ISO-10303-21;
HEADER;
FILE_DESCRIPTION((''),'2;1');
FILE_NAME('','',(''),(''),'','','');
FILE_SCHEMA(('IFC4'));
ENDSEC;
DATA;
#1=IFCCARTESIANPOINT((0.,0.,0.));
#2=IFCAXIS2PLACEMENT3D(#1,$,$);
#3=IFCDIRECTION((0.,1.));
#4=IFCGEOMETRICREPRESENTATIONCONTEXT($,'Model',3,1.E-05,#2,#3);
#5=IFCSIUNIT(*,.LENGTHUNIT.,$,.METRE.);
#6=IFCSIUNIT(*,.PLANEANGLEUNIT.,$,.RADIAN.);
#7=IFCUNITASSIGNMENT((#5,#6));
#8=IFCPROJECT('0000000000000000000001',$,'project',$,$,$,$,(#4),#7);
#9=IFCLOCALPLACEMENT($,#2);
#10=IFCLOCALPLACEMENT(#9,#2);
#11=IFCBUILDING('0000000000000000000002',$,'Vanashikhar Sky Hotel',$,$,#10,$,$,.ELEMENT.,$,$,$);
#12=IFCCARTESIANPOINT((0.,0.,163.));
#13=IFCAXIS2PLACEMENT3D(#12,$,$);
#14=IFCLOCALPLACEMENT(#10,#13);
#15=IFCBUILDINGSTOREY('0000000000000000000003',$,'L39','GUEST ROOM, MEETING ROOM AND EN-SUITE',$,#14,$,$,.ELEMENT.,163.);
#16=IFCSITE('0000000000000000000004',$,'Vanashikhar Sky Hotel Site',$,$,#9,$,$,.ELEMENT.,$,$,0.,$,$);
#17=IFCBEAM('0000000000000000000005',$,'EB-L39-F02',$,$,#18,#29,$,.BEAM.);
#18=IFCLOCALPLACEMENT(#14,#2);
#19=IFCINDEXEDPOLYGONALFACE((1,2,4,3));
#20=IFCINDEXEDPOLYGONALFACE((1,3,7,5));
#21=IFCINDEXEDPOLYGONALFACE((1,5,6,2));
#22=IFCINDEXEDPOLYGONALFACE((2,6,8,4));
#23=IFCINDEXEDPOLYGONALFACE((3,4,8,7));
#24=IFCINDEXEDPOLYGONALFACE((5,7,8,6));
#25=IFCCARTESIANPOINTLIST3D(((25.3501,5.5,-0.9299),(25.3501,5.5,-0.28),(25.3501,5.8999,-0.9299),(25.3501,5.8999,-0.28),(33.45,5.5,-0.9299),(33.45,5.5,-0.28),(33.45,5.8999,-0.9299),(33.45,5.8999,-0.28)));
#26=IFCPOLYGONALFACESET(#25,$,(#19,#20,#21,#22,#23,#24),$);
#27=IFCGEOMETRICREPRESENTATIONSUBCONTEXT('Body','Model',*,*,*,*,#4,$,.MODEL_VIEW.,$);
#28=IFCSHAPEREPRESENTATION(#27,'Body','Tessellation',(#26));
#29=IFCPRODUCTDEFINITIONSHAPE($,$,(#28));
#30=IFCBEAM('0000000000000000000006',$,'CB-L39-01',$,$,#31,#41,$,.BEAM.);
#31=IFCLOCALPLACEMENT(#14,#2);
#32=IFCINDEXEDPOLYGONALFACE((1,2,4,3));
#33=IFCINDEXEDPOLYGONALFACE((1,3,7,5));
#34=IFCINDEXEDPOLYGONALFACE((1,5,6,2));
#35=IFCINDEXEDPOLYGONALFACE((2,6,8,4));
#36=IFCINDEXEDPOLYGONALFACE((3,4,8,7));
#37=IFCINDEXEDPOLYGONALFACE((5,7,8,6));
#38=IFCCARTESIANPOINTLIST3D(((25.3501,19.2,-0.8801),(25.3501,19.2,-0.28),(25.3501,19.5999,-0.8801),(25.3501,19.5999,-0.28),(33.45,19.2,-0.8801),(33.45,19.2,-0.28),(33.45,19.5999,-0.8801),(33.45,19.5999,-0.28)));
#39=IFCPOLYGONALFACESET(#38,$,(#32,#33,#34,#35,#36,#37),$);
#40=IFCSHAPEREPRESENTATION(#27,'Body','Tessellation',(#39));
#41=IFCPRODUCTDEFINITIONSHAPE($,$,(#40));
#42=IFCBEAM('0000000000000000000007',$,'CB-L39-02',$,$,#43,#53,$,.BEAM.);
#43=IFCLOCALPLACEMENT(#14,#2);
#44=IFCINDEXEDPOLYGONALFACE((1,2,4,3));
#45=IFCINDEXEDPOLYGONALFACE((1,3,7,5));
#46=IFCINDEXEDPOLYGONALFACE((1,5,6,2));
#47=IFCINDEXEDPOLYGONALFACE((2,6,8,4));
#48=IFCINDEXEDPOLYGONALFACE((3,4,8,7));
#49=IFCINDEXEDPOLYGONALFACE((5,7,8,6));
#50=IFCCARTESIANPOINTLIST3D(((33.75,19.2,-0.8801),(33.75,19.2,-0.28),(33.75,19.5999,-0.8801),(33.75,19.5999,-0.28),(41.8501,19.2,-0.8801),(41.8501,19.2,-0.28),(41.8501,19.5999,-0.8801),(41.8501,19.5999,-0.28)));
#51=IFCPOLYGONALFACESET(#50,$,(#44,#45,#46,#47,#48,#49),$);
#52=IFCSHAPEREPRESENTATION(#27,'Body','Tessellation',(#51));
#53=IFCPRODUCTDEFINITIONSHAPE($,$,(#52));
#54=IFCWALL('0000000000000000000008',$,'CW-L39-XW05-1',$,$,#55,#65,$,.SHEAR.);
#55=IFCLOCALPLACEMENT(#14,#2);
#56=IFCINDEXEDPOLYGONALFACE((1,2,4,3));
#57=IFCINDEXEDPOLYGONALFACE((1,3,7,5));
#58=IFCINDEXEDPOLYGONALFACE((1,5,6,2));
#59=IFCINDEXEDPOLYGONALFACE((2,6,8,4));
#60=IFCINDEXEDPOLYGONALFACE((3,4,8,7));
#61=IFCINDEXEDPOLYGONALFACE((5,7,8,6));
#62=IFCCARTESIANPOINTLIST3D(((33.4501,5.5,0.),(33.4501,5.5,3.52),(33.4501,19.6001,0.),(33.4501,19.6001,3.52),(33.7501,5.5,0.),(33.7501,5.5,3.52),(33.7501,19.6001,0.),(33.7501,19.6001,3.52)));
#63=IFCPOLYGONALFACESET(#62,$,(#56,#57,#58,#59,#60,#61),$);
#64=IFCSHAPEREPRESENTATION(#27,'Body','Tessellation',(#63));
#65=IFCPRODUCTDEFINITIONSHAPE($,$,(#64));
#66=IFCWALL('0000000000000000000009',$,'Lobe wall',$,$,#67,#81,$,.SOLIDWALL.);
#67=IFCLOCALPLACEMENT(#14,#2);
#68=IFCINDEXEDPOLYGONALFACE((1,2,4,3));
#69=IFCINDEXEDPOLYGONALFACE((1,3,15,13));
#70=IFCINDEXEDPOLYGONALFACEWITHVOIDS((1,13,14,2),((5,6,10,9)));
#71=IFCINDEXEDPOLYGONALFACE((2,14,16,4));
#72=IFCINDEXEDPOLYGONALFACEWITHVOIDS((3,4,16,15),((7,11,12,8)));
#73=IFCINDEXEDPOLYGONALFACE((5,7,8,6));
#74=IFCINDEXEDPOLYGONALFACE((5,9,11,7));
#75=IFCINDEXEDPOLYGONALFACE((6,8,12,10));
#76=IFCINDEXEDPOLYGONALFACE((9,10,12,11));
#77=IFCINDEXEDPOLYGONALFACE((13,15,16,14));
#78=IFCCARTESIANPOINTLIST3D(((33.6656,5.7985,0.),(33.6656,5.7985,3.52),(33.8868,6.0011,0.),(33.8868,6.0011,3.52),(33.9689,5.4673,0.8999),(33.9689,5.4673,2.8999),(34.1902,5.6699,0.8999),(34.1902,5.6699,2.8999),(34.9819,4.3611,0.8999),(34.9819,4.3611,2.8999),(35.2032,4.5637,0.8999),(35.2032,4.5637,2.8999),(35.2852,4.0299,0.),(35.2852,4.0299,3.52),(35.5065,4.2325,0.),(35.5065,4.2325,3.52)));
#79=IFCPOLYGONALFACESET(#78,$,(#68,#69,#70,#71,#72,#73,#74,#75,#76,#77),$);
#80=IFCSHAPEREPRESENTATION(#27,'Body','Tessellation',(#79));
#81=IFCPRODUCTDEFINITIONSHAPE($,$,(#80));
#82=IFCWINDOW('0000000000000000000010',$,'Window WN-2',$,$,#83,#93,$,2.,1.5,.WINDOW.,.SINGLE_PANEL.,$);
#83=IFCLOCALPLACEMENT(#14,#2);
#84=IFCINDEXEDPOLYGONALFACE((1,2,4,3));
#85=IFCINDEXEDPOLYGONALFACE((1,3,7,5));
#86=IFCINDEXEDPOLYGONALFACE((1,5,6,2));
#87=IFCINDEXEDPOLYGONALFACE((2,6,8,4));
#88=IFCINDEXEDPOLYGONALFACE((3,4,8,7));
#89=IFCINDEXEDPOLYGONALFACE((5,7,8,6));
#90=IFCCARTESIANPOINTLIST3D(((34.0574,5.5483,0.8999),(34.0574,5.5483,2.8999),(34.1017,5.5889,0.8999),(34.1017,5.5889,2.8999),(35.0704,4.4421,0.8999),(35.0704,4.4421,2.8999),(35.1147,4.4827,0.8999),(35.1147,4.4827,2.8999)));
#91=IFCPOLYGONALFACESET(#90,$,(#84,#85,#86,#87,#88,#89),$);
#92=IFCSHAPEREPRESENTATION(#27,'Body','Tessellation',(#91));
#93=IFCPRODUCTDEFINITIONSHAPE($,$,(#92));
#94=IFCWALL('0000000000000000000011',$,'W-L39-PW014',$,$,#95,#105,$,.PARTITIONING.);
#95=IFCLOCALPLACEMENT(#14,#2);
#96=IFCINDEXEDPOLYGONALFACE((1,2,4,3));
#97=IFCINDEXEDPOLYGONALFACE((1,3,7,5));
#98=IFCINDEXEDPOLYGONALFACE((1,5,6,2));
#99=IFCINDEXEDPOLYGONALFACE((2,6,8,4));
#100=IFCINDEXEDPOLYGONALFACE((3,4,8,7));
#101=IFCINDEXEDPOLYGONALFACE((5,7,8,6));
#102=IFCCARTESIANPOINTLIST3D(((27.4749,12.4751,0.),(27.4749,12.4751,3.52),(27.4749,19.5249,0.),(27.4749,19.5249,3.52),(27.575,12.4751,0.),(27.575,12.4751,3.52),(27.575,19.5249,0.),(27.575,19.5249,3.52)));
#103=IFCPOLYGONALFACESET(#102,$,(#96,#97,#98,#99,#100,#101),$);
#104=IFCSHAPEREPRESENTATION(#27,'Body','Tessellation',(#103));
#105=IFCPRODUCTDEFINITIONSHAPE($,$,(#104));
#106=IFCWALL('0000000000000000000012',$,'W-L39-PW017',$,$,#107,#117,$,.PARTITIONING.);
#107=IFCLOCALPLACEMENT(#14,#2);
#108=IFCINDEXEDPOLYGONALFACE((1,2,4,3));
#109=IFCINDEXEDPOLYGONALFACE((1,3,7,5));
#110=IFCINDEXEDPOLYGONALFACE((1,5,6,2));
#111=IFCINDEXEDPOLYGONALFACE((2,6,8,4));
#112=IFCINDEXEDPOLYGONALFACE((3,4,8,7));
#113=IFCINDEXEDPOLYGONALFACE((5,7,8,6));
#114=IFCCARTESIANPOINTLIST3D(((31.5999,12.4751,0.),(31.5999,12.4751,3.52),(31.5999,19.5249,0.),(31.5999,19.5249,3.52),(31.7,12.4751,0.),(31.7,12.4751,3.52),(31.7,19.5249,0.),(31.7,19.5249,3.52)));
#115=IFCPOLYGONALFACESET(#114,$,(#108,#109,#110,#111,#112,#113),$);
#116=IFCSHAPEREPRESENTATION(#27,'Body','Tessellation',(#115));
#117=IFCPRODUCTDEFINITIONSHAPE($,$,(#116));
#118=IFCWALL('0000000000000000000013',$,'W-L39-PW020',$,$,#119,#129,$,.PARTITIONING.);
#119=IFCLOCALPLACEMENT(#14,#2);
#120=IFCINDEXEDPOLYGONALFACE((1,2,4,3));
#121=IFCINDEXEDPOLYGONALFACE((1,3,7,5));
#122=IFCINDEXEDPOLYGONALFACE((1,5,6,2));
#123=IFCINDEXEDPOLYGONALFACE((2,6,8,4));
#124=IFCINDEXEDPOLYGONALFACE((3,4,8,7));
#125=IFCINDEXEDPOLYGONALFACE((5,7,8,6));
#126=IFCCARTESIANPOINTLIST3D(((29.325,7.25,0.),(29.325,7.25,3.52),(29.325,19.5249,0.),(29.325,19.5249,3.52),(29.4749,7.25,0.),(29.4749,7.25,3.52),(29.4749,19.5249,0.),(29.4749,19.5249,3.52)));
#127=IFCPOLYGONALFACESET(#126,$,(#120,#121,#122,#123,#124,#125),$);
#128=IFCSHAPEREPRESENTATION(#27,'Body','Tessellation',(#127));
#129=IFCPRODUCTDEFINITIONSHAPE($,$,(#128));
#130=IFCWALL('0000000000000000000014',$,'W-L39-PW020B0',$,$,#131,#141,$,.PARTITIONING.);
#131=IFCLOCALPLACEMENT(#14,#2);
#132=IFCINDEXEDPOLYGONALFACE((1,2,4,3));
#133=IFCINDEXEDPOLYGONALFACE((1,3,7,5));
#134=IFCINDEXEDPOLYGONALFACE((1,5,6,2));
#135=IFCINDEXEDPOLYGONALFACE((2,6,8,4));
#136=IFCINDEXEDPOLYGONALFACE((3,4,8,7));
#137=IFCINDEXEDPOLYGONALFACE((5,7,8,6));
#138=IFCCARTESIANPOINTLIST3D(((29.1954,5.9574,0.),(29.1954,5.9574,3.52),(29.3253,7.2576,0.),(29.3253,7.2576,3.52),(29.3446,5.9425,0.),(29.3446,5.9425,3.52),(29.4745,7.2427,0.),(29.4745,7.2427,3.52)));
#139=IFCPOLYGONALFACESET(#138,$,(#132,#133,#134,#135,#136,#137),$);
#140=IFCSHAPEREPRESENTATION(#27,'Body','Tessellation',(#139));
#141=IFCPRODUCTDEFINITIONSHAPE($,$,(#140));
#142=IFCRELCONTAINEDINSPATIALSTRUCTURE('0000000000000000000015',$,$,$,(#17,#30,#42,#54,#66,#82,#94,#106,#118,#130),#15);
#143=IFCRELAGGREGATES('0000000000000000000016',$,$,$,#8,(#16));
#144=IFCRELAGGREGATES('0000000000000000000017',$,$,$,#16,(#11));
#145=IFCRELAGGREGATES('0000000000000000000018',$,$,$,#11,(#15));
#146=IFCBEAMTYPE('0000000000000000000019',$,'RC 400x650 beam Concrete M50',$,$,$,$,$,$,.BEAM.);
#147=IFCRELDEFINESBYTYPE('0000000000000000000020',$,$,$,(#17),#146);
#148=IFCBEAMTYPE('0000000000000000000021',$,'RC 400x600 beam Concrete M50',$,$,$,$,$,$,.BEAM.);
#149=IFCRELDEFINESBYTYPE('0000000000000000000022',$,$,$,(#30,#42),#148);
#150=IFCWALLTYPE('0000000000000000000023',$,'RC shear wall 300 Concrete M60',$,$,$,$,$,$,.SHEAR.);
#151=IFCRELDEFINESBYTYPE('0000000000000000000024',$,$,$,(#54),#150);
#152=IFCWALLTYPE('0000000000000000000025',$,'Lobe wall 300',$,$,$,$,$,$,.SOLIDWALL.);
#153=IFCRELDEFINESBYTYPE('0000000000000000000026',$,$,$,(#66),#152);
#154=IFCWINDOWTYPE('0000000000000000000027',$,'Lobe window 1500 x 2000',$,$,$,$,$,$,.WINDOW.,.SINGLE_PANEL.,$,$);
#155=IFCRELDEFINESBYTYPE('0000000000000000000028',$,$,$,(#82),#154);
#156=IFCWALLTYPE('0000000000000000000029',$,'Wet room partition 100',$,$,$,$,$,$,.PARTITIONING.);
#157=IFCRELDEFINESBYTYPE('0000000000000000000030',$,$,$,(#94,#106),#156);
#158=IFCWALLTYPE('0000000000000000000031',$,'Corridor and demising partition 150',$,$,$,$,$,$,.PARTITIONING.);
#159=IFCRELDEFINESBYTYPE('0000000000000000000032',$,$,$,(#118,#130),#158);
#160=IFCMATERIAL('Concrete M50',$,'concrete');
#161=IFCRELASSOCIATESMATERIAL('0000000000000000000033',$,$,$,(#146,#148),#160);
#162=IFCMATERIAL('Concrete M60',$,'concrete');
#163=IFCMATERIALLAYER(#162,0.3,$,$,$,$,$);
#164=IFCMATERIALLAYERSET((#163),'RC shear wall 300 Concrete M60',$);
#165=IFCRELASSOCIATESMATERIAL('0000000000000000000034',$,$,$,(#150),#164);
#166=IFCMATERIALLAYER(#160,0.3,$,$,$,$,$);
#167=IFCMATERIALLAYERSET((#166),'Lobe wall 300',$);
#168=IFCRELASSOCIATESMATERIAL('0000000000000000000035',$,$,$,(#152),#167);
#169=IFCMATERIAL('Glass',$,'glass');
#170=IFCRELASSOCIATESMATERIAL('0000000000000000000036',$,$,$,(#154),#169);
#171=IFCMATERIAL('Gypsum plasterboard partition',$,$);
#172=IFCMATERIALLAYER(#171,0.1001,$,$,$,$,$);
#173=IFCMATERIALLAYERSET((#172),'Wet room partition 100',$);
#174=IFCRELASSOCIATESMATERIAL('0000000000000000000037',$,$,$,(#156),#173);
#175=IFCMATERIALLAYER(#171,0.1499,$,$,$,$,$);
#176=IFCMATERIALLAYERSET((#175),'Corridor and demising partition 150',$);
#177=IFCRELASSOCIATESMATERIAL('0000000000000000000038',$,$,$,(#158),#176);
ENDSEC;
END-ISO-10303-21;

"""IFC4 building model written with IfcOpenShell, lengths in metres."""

from ifc_helpers import new_model, si_unit, direction, frame, frame_2d, origin, origin_2d, place, context, subcontext, project, spatial, rectangle, extrude, source, transform, mapped, material, layer, layer_set, material_profile, profile_set, type_object, element, fill, save


model = new_model("IFC4")

# Units and contexts
model_context = context("Model", 3, precision=1e-05, world=origin(), true_north=direction((0.0, 1.0)))
body_context = subcontext(model_context, "Body", "Model", "MODEL_VIEW")
ifc_project = project(units=[si_unit("LENGTHUNIT", "METRE"), si_unit("PLANEANGLEUNIT", "RADIAN")], contexts=[model_context])

# Site, building, storey
site_placement = place(None, origin())
site = spatial("IfcSite", under=ifc_project, at=site_placement, Name="Vanashikhar Sky Hotel Site", CompositionType="ELEMENT", RefElevation=0.0)
building_placement = place(site_placement, origin())
building = spatial("IfcBuilding", under=site, at=building_placement, Name="Vanashikhar Sky Hotel", CompositionType="ELEMENT")
storey_placement = place(building_placement, frame((0.0, 0.0, 163.0)))
storey = spatial("IfcBuildingStorey", under=building, at=storey_placement, Name="L39", Description="GUEST ROOM, MEETING ROOM AND EN-SUITE", CompositionType="ELEMENT", Elevation=163.0)

# Beams
ifc_material_1 = material(Name="Concrete M50", Category="concrete")
ifc_material_profile_1 = material_profile(ifc_material_1, rectangle(XDim=0.3999, YDim=0.6499, at=origin_2d()))
ifc_profile_set_1 = profile_set([ifc_material_profile_1], Name="RC 400x650 beam Concrete M50")
beam_type_1 = type_object("IfcBeamType", Name="RC 400x650 beam Concrete M50", PredefinedType="BEAM", material=ifc_profile_set_1)
shared_shape_1 = source(origin(), body_context, "Body", "SweptSolid", [
    extrude(rectangle(XDim=0.3999, YDim=0.6499, at=origin_2d()), origin(), (0.0, 0.0, 1.0), 8.0999),
])
beam_1_placement = place(storey_placement, frame((25.3501, 5.7, -0.605), z_axis=(1.0, 0.0, 0.0), x_axis=(0.0, 1.0, 0.0)))
element("IfcBeam", 1, at=beam_1_placement, inside=storey, type_object=beam_type_1, Name="EB-L39-F02", PredefinedType="BEAM", context=body_context, shape_type="MappedRepresentation", body=[
    mapped(shared_shape_1, transform((0.0, 0.0, 0.0), scale=1.0)),
])
ifc_material_profile_2 = material_profile(ifc_material_1, rectangle(XDim=0.3999, YDim=0.6001, at=origin_2d()))
ifc_profile_set_2 = profile_set([ifc_material_profile_2], Name="RC 400x600 beam Concrete M50")
beam_type_2 = type_object("IfcBeamType", Name="RC 400x600 beam Concrete M50", PredefinedType="BEAM", material=ifc_profile_set_2)
shared_shape_2 = source(origin(), body_context, "Body", "SweptSolid", [
    extrude(rectangle(XDim=0.3999, YDim=0.6001, at=origin_2d()), origin(), (0.0, 0.0, 1.0), 8.0999),
])
beam_2_placement = place(storey_placement, frame((25.3501, 19.3999, -0.5801), z_axis=(1.0, 0.0, 0.0), x_axis=(0.0, 1.0, 0.0)))
element("IfcBeam", 2, at=beam_2_placement, inside=storey, type_object=beam_type_2, Name="CB-L39-01", PredefinedType="BEAM", context=body_context, shape_type="MappedRepresentation", body=[
    mapped(shared_shape_2, transform((0.0, 0.0, 0.0), scale=1.0)),
])
shared_shape_3 = source(origin(), body_context, "Body", "SweptSolid", [
    extrude(rectangle(XDim=0.3999, YDim=0.6001, at=origin_2d()), origin(), (0.0, 0.0, 1.0), 8.1001),
])
beam_3_placement = place(storey_placement, frame((33.75, 19.3999, -0.5801), z_axis=(1.0, 0.0, 0.0), x_axis=(0.0, 1.0, 0.0)))
element("IfcBeam", 3, at=beam_3_placement, inside=storey, type_object=beam_type_2, Name="CB-L39-02", PredefinedType="BEAM", context=body_context, shape_type="MappedRepresentation", body=[
    mapped(shared_shape_3, transform((0.0, 0.0, 0.0), scale=1.0)),
])

# Wall
ifc_material_2 = material(Name="Concrete M60", Category="concrete")
ifc_layer_1 = layer(ifc_material_2, 0.3)
ifc_layer_set_1 = layer_set([ifc_layer_1], Name="RC shear wall 300 Concrete M60")
wall_type_1 = type_object("IfcWallType", Name="RC shear wall 300 Concrete M60", PredefinedType="SHEAR", material=ifc_layer_set_1)
shared_shape_4 = source(origin(), body_context, "Body", "SweptSolid", [
    extrude(rectangle(XDim=14.1001, YDim=0.3, at=frame_2d((7.05, 0.0))), origin(), (0.0, 0.0, 1.0), 3.52),
])
wall_1_placement = place(storey_placement, frame((33.6001, 5.5, 0.0), z_axis=(0.0, 0.0, 1.0), x_axis=(0.0, 1.0, 0.0)))
element("IfcWall", 4, at=wall_1_placement, inside=storey, type_object=wall_type_1, Name="CW-L39-XW05-1", PredefinedType="SHEAR", context=body_context, shape_type="MappedRepresentation", body=[
    mapped(shared_shape_4, transform((0.0, 0.0, 0.0), scale=1.0)),
])

# Wall, opening, window
ifc_layer_2 = layer(ifc_material_1, 0.3)
ifc_layer_set_2 = layer_set([ifc_layer_2], Name="Lobe wall 300")
wall_type_2 = type_object("IfcWallType", Name="Lobe wall 300", PredefinedType="SOLIDWALL", material=ifc_layer_set_2)
shared_shape_5 = source(origin(), body_context, "Body", "SweptSolid", [
    extrude(rectangle(XDim=2.3982, YDim=0.3, at=frame_2d((1.1992, 0.0))), origin(), (0.0, 0.0, 1.0), 3.52),
])
wall_2_placement = place(storey_placement, frame((33.7761, 5.8999, 0.0), z_axis=(0.0, 0.0, 1.0), x_axis=(0.675374, -0.737475, 0.0)))
wall_2 = element("IfcWall", 5, at=wall_2_placement, inside=storey, type_object=wall_type_2, Name="Lobe wall", PredefinedType="SOLIDWALL", context=body_context, shape_type="MappedRepresentation", body=[
    mapped(shared_shape_5, transform((0.0, 0.0, 0.0), scale=1.0)),
])
shared_shape_6 = source(origin(), body_context, "Body", "SweptSolid", [
    extrude(rectangle(XDim=1.5, YDim=2.0, at=frame_2d((0.75, 1.0))), frame((0.0, 0.1602, 0.0), z_axis=(0.0, -1.0, 0.0), x_axis=(1.0, 0.0, 0.0)), (0.0, 0.0, 1.0), 0.3201),
])
opening_1_placement = place(wall_2_placement, frame((0.4492, 0.0, 0.8999)))
opening_1 = element("IfcOpeningElement", 6, at=opening_1_placement, cuts=wall_2, PredefinedType="OPENING", context=body_context, shape_type="MappedRepresentation", body=[
    mapped(shared_shape_6, transform((0.0, 0.0, 0.0), scale=1.0)),
])
ifc_material_3 = material(Name="Glass", Category="glass")
window_type_1 = type_object("IfcWindowType", Name="Lobe window 1500 x 2000", PartitioningType="SINGLE_PANEL", PredefinedType="WINDOW", material=ifc_material_3)
shared_shape_7 = source(origin(), body_context, "Body", "SweptSolid", [
    extrude(rectangle(XDim=1.5, YDim=2.0, at=frame_2d((0.75, 1.0))), frame((0.0, 0.03, 0.0), z_axis=(0.0, -1.0, 0.0), x_axis=(1.0, 0.0, 0.0)), (0.0, 0.0, 1.0), 0.0601),
])
window_1_placement = place(opening_1_placement, origin())
window_1 = element("IfcWindow", 7, at=window_1_placement, inside=storey, type_object=window_type_1, Name="Window WN-2", OverallHeight=2.0, OverallWidth=1.5, PartitioningType="SINGLE_PANEL", PredefinedType="WINDOW", context=body_context, shape_type="MappedRepresentation", body=[
    mapped(shared_shape_7, transform((0.0, 0.0, 0.0), scale=1.0)),
])
fill(opening_1, window_1)

# Walls
ifc_material_4 = material(Name="Gypsum plasterboard partition")
ifc_layer_3 = layer(ifc_material_4, 0.1001)
ifc_layer_set_3 = layer_set([ifc_layer_3], Name="Wet room partition 100")
wall_type_3 = type_object("IfcWallType", Name="Wet room partition 100", PredefinedType="PARTITIONING", material=ifc_layer_set_3)
shared_shape_8 = source(origin(), body_context, "Body", "SweptSolid", [
    extrude(rectangle(XDim=7.0498, YDim=0.1001, at=frame_2d((3.5249, 0.0))), origin(), (0.0, 0.0, 1.0), 3.52),
])
for number, where, z_axis, x_axis, name in (
    (8, (27.5249, 12.4751, 0.0), (0.0, 0.0, 1.0), (0.0, 1.0, 0.0), "W-L39-PW014"),
    (9, (31.6499, 12.4751, 0.0), (0.0, 0.0, 1.0), (0.0, 1.0, 0.0), "W-L39-PW017"),
):
    element("IfcWall", number, at=place(storey_placement, frame(where, z_axis=z_axis, x_axis=x_axis)), inside=storey, type_object=wall_type_3, Name=name, PredefinedType="PARTITIONING", context=body_context, shape_type="MappedRepresentation", body=[
        mapped(shared_shape_8, transform((0.0, 0.0, 0.0), scale=1.0)),
    ])
ifc_layer_4 = layer(ifc_material_4, 0.1499)
ifc_layer_set_4 = layer_set([ifc_layer_4], Name="Corridor and demising partition 150")
wall_type_4 = type_object("IfcWallType", Name="Corridor and demising partition 150", PredefinedType="PARTITIONING", material=ifc_layer_set_4)
shared_shape_9 = source(origin(), body_context, "Body", "SweptSolid", [
    extrude(rectangle(XDim=12.2749, YDim=0.1499, at=frame_2d((6.1375, 0.0))), origin(), (0.0, 0.0, 1.0), 3.52),
])
wall_3_placement = place(storey_placement, frame((29.3999, 7.25, 0.0), z_axis=(0.0, 0.0, 1.0), x_axis=(0.0, 1.0, 0.0)))
element("IfcWall", 10, at=wall_3_placement, inside=storey, type_object=wall_type_4, Name="W-L39-PW020", PredefinedType="PARTITIONING", context=body_context, shape_type="MappedRepresentation", body=[
    mapped(shared_shape_9, transform((0.0, 0.0, 0.0), scale=1.0)),
])
shared_shape_10 = source(origin(), body_context, "Body", "SweptSolid", [
    extrude(rectangle(XDim=1.3066, YDim=0.1499, at=frame_2d((0.6533, 0.0))), origin(), (0.0, 0.0, 1.0), 3.52),
])
wall_4_placement = place(storey_placement, frame((29.27, 5.95, 0.0), z_axis=(0.0, 0.0, 1.0), x_axis=(0.099411, 0.995046, 0.0)))
element("IfcWall", 11, at=wall_4_placement, inside=storey, type_object=wall_type_4, Name="W-L39-PW020B0", PredefinedType="PARTITIONING", context=body_context, shape_type="MappedRepresentation", body=[
    mapped(shared_shape_10, transform((0.0, 0.0, 0.0), scale=1.0)),
])

save(model, "model.ifc")
